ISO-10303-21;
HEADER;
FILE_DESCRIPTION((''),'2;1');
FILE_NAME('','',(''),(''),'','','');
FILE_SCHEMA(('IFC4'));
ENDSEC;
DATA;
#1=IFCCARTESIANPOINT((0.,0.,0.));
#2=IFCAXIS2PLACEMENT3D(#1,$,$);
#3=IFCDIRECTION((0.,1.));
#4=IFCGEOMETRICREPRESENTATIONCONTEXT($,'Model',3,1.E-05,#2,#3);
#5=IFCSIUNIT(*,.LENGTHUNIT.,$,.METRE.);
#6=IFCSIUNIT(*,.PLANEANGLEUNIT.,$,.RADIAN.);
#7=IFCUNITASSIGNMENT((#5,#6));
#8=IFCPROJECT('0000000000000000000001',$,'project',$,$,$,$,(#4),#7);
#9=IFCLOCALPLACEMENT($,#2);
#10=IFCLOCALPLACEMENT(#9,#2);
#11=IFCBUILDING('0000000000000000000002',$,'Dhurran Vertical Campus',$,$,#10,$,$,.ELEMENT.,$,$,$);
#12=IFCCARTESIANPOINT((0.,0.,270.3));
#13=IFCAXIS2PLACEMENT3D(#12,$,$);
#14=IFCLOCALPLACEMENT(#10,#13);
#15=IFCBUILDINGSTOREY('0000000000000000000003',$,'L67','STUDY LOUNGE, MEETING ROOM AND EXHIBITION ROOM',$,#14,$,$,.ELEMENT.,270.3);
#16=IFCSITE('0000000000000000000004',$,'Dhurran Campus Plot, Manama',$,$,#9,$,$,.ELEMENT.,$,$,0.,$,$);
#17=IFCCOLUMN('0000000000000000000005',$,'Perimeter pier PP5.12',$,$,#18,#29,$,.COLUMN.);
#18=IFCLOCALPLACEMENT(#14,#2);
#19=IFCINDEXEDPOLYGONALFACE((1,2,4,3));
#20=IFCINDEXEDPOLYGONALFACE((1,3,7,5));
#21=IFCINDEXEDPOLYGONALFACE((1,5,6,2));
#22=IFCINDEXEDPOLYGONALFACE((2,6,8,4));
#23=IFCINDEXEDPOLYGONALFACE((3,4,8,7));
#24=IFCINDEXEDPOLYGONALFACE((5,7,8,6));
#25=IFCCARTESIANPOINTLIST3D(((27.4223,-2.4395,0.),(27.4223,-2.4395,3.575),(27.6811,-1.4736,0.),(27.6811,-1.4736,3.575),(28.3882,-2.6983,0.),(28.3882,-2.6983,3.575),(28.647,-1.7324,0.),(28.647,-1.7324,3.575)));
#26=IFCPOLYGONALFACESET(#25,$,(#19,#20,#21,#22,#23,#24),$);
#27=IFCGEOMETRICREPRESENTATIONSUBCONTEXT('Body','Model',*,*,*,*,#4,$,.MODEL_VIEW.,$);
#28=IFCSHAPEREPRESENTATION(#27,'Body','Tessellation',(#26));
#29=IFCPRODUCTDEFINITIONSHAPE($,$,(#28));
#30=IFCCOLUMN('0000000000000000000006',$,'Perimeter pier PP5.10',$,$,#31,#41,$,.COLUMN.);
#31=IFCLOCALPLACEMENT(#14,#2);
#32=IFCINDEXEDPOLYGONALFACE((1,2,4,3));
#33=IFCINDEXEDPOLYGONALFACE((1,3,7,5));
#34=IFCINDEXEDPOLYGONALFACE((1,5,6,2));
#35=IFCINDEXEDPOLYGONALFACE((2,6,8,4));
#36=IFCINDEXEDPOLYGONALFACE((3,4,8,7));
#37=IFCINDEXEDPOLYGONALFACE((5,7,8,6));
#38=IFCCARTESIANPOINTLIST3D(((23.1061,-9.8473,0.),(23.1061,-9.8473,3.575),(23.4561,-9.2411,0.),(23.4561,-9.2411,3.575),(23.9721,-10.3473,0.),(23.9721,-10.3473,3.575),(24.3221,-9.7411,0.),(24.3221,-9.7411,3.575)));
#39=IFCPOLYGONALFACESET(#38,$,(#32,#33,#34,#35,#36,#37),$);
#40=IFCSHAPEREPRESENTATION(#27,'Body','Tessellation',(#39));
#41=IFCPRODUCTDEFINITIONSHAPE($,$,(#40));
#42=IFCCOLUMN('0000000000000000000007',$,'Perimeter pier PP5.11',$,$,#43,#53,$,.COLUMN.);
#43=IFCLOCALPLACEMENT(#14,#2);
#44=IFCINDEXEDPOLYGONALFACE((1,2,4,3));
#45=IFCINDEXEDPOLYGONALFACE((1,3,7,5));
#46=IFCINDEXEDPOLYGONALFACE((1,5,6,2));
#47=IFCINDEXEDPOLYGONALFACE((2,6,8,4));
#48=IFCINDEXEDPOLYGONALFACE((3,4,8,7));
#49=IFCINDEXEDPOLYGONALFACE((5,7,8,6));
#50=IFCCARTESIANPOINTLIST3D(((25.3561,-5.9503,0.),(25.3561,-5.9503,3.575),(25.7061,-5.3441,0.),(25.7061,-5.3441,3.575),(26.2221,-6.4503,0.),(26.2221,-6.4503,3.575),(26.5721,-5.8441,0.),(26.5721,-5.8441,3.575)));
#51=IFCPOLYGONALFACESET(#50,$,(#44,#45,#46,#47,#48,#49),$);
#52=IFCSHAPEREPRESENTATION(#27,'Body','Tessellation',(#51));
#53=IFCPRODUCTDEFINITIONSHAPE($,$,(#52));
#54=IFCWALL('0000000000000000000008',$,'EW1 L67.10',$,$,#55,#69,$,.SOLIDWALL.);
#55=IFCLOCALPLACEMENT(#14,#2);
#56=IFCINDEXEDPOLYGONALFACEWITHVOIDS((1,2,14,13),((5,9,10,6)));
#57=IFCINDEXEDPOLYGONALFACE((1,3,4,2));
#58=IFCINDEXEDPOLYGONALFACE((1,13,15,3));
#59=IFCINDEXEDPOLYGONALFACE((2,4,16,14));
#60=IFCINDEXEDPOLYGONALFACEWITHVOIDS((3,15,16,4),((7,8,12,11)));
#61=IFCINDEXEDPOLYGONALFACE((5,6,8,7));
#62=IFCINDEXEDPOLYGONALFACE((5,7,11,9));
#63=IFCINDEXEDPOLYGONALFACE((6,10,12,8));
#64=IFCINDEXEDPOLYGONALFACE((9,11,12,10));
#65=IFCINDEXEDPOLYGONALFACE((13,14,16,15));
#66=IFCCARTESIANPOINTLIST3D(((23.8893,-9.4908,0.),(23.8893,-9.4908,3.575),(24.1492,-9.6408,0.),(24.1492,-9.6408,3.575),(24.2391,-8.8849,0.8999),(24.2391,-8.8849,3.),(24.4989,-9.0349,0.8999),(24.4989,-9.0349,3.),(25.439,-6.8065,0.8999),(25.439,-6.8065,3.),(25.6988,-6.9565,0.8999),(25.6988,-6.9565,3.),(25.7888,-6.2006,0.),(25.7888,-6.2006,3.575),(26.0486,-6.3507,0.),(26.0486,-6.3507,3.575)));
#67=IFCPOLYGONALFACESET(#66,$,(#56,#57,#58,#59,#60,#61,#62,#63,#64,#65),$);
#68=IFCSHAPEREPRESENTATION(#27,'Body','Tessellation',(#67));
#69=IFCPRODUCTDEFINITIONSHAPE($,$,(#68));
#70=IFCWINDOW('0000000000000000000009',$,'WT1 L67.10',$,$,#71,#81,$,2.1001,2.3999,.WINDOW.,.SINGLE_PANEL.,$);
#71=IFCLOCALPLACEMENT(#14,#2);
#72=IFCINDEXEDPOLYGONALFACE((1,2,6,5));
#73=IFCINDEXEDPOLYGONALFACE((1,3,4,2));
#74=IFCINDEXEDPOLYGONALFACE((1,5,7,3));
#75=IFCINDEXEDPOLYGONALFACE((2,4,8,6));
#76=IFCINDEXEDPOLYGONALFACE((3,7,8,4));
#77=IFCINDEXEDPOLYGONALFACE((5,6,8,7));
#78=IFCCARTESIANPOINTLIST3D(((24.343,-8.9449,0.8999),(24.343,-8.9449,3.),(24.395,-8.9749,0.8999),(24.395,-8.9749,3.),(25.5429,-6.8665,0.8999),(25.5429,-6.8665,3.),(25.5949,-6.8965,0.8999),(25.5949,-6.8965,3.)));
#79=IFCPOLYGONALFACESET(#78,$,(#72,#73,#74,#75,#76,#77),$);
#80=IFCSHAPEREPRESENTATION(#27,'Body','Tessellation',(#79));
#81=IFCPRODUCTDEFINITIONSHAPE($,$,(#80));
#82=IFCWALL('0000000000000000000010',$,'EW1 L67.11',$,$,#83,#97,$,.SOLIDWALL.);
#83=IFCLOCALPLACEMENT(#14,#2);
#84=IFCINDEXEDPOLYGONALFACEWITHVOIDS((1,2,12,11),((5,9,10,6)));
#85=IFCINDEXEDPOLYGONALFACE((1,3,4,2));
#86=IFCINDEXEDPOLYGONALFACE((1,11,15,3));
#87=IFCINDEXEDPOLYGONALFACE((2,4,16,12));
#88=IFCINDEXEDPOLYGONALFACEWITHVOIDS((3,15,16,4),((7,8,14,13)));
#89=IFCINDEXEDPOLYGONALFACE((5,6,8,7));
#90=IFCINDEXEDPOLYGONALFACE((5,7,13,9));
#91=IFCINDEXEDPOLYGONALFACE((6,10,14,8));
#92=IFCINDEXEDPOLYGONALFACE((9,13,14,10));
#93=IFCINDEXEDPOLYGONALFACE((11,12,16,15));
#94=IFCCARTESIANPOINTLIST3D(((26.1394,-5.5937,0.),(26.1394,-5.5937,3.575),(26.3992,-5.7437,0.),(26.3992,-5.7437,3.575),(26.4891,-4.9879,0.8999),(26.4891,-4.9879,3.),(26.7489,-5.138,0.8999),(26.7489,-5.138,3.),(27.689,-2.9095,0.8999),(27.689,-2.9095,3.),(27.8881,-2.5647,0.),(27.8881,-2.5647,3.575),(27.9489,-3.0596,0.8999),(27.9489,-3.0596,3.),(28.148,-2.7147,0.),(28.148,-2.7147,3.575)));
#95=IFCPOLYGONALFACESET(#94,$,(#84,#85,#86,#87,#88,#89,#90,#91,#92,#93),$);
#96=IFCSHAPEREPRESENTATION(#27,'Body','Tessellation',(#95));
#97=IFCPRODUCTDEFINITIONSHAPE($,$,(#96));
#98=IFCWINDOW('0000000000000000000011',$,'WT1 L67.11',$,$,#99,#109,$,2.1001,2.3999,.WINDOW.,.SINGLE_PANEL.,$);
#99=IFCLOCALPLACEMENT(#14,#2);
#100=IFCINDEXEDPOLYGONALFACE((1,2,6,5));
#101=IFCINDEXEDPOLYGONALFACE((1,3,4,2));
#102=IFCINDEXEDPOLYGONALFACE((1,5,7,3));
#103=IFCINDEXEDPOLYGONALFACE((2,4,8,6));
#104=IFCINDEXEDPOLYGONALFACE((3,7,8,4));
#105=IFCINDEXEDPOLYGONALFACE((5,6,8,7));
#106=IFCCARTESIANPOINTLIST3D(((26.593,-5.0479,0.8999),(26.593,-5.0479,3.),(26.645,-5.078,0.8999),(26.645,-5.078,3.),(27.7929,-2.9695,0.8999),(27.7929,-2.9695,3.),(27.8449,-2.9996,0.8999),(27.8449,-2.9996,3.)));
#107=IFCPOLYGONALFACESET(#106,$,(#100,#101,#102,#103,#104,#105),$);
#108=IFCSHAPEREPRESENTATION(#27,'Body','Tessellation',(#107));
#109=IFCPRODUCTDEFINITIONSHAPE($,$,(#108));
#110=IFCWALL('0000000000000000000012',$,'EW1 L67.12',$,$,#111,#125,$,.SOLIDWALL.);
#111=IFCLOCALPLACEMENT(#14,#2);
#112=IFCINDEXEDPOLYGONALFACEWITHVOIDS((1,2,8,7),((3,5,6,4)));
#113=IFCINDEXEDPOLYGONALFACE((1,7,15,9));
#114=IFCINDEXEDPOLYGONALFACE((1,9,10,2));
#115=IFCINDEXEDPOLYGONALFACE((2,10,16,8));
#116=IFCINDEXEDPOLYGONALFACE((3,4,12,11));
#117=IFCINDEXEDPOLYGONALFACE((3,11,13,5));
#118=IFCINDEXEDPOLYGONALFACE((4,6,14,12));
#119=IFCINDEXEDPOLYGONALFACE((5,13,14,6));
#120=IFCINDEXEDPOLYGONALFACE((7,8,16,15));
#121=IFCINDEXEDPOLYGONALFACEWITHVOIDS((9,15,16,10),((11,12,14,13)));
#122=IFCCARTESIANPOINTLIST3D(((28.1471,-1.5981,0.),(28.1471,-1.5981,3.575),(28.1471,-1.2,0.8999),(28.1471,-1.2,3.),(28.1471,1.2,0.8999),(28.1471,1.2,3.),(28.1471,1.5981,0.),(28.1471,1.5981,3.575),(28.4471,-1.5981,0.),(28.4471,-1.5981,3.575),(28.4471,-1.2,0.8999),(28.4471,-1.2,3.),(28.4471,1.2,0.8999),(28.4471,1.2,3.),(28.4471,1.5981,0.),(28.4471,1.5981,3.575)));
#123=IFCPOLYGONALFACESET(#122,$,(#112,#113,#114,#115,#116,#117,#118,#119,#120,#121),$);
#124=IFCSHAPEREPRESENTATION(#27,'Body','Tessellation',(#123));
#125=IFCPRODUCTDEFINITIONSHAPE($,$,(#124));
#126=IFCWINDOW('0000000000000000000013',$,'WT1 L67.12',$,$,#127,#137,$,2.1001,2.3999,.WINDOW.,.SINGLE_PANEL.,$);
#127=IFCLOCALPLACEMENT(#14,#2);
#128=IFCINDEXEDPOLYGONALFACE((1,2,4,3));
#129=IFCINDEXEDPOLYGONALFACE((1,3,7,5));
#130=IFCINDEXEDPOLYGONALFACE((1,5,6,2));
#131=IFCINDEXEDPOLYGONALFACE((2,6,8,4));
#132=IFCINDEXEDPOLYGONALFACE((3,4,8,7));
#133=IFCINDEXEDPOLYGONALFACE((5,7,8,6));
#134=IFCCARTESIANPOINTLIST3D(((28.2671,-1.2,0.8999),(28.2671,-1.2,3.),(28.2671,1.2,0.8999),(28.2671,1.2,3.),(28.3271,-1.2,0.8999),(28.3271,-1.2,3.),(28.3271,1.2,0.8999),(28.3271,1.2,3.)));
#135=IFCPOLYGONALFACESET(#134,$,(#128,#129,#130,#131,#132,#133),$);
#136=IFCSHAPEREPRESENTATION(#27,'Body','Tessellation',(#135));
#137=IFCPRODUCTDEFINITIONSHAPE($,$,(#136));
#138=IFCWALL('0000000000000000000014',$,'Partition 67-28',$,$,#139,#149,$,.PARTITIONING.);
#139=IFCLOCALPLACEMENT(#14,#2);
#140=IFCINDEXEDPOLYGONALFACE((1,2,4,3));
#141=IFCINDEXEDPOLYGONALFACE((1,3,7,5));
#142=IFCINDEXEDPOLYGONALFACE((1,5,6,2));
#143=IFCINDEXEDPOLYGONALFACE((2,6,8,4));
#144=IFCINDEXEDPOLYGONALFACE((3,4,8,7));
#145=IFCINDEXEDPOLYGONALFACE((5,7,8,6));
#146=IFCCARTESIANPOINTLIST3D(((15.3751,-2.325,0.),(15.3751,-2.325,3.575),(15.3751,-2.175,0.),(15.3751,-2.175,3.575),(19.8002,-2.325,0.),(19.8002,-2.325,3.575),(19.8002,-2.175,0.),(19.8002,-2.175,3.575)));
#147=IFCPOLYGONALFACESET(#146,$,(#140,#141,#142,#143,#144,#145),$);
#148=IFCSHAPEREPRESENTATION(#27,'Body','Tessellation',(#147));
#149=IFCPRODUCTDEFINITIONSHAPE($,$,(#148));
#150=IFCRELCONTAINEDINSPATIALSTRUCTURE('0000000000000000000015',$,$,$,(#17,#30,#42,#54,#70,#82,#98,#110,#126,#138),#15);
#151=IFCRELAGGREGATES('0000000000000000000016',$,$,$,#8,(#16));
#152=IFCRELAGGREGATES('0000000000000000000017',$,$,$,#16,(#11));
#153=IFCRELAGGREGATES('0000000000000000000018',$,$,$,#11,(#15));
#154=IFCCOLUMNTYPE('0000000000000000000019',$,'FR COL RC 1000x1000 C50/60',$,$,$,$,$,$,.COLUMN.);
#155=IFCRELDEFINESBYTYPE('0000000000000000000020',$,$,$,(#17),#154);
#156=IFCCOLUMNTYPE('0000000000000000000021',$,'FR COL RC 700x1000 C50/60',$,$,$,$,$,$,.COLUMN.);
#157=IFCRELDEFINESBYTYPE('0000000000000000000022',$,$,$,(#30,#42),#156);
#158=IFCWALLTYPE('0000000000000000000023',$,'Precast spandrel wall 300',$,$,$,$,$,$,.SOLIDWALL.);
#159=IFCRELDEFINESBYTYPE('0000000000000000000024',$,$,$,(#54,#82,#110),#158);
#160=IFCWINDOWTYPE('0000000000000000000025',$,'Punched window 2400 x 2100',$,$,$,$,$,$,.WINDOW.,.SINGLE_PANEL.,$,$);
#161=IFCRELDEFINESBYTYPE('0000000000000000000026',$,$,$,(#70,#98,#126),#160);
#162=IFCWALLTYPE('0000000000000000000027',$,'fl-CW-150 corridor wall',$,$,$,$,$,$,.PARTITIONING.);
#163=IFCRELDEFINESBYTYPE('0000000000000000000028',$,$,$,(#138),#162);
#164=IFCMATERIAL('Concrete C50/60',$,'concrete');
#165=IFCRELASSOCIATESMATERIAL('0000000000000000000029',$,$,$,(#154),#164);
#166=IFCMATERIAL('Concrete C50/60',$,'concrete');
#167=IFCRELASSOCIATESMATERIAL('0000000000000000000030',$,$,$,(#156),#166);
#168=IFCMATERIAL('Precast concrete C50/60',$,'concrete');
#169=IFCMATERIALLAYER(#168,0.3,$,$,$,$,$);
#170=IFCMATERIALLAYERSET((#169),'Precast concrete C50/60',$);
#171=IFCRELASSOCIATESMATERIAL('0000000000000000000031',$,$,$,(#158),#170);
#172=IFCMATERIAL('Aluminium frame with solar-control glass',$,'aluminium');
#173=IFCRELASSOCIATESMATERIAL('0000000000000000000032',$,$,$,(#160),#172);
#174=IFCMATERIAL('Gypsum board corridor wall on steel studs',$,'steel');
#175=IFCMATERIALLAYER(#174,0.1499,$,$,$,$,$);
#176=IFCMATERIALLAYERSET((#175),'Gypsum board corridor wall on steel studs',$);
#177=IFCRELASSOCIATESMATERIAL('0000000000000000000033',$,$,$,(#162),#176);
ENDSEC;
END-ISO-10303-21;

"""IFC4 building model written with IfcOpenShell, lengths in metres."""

from ifc_helpers import new_model, si_unit, direction, frame, frame_2d, origin, origin_2d, place, context, subcontext, project, spatial, rectangle, extrude, material, layer, layer_set, material_profile, profile_set, type_object, element, fill, save


model = new_model("IFC4")

# Units and contexts
model_context = context("Model", 3, precision=1e-05, world=origin(), true_north=direction((0.0, 1.0)))
body_context = subcontext(model_context, "Body", "Model", "MODEL_VIEW")
ifc_project = project(units=[si_unit("LENGTHUNIT", "METRE"), si_unit("PLANEANGLEUNIT", "RADIAN")], contexts=[model_context])

# Site, building, storey
site_placement = place(None, origin())
site = spatial("IfcSite", under=ifc_project, at=site_placement, Name="Dhurran Campus Plot, Manama", CompositionType="ELEMENT", RefElevation=0.0)
building_placement = place(site_placement, origin())
building = spatial("IfcBuilding", under=site, at=building_placement, Name="Dhurran Vertical Campus", CompositionType="ELEMENT")
storey_placement = place(building_placement, frame((0.0, 0.0, 270.3)))
storey = spatial("IfcBuildingStorey", under=building, at=storey_placement, Name="L67", Description="STUDY LOUNGE, MEETING ROOM AND EXHIBITION ROOM", CompositionType="ELEMENT", Elevation=270.3)

# Columns
ifc_material_1 = material(Name="Concrete C50/60", Category="concrete")
ifc_material_profile_1 = material_profile(ifc_material_1, rectangle(XDim=1.0, YDim=1.0, at=origin_2d()), Name="RC 1000x1000")
ifc_profile_set_1 = profile_set([ifc_material_profile_1], Name="Concrete C50/60")
column_type_1 = type_object("IfcColumnType", Name="FR COL RC 1000x1000 C50/60", PredefinedType="COLUMN", material=ifc_profile_set_1)
column_placement = place(storey_placement, frame((28.0347, -2.0859, 0.0), z_axis=(0.0, 0.0, 1.0), x_axis=(0.258819, 0.965926, 0.0)))
element("IfcColumn", 1, at=column_placement, inside=storey, type_object=column_type_1, Name="Perimeter pier PP5.12", PredefinedType="COLUMN", context=body_context, shape_type="SweptSolid", body=[
    extrude(rectangle(XDim=1.0, YDim=1.0, at=origin_2d()), origin(), (0.0, 0.0, 1.0), 3.575),
])
ifc_material_2 = material(Name="Concrete C50/60", Category="concrete")
ifc_material_profile_2 = material_profile(ifc_material_2, rectangle(XDim=0.7, YDim=1.0, at=origin_2d()), Name="RC 700x1000")
ifc_profile_set_2 = profile_set([ifc_material_profile_2], Name="Concrete C50/60")
column_type_2 = type_object("IfcColumnType", Name="FR COL RC 700x1000 C50/60", PredefinedType="COLUMN", material=ifc_profile_set_2)
for number, where, z_axis, x_axis, name in (
    (2, (23.7141, -9.7942, 0.0), (0.0, 0.0, 1.0), (0.5, 0.866025, 0.0), "Perimeter pier PP5.10"),
    (3, (25.9641, -5.8972, 0.0), (0.0, 0.0, 1.0), (0.5, 0.866025, 0.0), "Perimeter pier PP5.11"),
):
    element("IfcColumn", number, at=place(storey_placement, frame(where, z_axis=z_axis, x_axis=x_axis)), inside=storey, type_object=column_type_2, Name=name, PredefinedType="COLUMN", context=body_context, shape_type="SweptSolid", body=[
        extrude(rectangle(XDim=0.7, YDim=1.0, at=origin_2d()), origin(), (0.0, 0.0, 1.0), 3.575),
    ])

# Walls, openings, windows
ifc_material_3 = material(Name="Precast concrete C50/60", Category="concrete")
ifc_layer_1 = layer(ifc_material_3, 0.3)
ifc_layer_set_1 = layer_set([ifc_layer_1], Name="Precast concrete C50/60")
wall_type_1 = type_object("IfcWallType", Name="Precast spandrel wall 300", PredefinedType="SOLIDWALL", material=ifc_layer_set_1)
wall_1_placement = place(storey_placement, frame((24.0193, -9.5657, 0.0), z_axis=(0.0, 0.0, 1.0), x_axis=(0.499982, 0.866036, 0.0)))
wall_1 = element("IfcWall", 4, at=wall_1_placement, inside=storey, type_object=wall_type_1, Name="EW1 L67.10", PredefinedType="SOLIDWALL", context=body_context, shape_type="SweptSolid", body=[
    extrude(rectangle(XDim=3.7991, YDim=0.3, at=frame_2d((1.8994, 0.0))), origin(), (0.0, 0.0, 1.0), 3.575),
])
opening_1_placement = place(wall_1_placement, frame((0.6995, 0.0, 0.8999)))
opening_1 = element("IfcOpeningElement", 5, at=opening_1_placement, cuts=wall_1, PredefinedType="OPENING", context=body_context, shape_type="SweptSolid", body=[
    extrude(rectangle(XDim=2.3999, YDim=2.1001, at=frame_2d((1.2, 1.05))), frame((0.0, 0.1599, 0.0), z_axis=(0.0, -1.0, 0.0), x_axis=(1.0, 0.0, 0.0)), (0.0, 0.0, 1.0), 0.3201),
])
ifc_material_4 = material(Name="Aluminium frame with solar-control glass", Category="aluminium")
window_type = type_object("IfcWindowType", Name="Punched window 2400 x 2100", PartitioningType="SINGLE_PANEL", PredefinedType="WINDOW", material=ifc_material_4)
window_1_placement = place(opening_1_placement, origin())
window_1 = element("IfcWindow", 6, at=window_1_placement, inside=storey, type_object=window_type, Name="WT1 L67.10", OverallHeight=2.1001, OverallWidth=2.3999, PartitioningType="SINGLE_PANEL", PredefinedType="WINDOW", context=body_context, shape_type="SweptSolid", body=[
    extrude(rectangle(XDim=2.3999, YDim=2.1001, at=frame_2d((1.2, 1.05))), frame((0.0, 0.03, 0.0), z_axis=(0.0, -1.0, 0.0), x_axis=(1.0, 0.0, 0.0)), (0.0, 0.0, 1.0), 0.0601),
])
fill(opening_1, window_1)
wall_2_placement = place(storey_placement, frame((26.2693, -5.6687, 0.0), z_axis=(0.0, 0.0, 1.0), x_axis=(0.49999, 0.866031, 0.0)))
wall_2 = element("IfcWall", 7, at=wall_2_placement, inside=storey, type_object=wall_type_1, Name="EW1 L67.11", PredefinedType="SOLIDWALL", context=body_context, shape_type="SweptSolid", body=[
    extrude(rectangle(XDim=3.4976, YDim=0.3, at=frame_2d((1.7488, 0.0))), origin(), (0.0, 0.0, 1.0), 3.575),
])
opening_2_placement = place(wall_2_placement, frame((0.6995, 0.0, 0.8999)))
opening_2 = element("IfcOpeningElement", 8, at=opening_2_placement, cuts=wall_2, PredefinedType="OPENING", context=body_context, shape_type="SweptSolid", body=[
    extrude(rectangle(XDim=2.3999, YDim=2.1001, at=frame_2d((1.2, 1.05))), frame((0.0, 0.1599, 0.0), z_axis=(0.0, -1.0, 0.0), x_axis=(1.0, 0.0, 0.0)), (0.0, 0.0, 1.0), 0.3201),
])
window_2_placement = place(opening_2_placement, origin())
window_2 = element("IfcWindow", 9, at=window_2_placement, inside=storey, type_object=window_type, Name="WT1 L67.11", OverallHeight=2.1001, OverallWidth=2.3999, PartitioningType="SINGLE_PANEL", PredefinedType="WINDOW", context=body_context, shape_type="SweptSolid", body=[
    extrude(rectangle(XDim=2.3999, YDim=2.1001, at=frame_2d((1.2, 1.05))), frame((0.0, 0.03, 0.0), z_axis=(0.0, -1.0, 0.0), x_axis=(1.0, 0.0, 0.0)), (0.0, 0.0, 1.0), 0.0601),
])
fill(opening_2, window_2)
wall_3_placement = place(storey_placement, frame((28.2971, -1.5981, 0.0), z_axis=(0.0, 0.0, 1.0), x_axis=(0.0, 1.0, 0.0)))
wall_3 = element("IfcWall", 10, at=wall_3_placement, inside=storey, type_object=wall_type_1, Name="EW1 L67.12", PredefinedType="SOLIDWALL", context=body_context, shape_type="SweptSolid", body=[
    extrude(rectangle(XDim=3.1963, YDim=0.3, at=frame_2d((1.5981, 0.0))), origin(), (0.0, 0.0, 1.0), 3.575),
])
opening_3_placement = place(wall_3_placement, frame((0.3982, 0.0, 0.8999)))
opening_3 = element("IfcOpeningElement", 11, at=opening_3_placement, cuts=wall_3, PredefinedType="OPENING", context=body_context, shape_type="SweptSolid", body=[
    extrude(rectangle(XDim=2.3999, YDim=2.1001, at=frame_2d((1.2, 1.05))), frame((0.0, 0.1599, 0.0), z_axis=(0.0, -1.0, 0.0), x_axis=(1.0, 0.0, 0.0)), (0.0, 0.0, 1.0), 0.3201),
])
window_3_placement = place(opening_3_placement, origin())
window_3 = element("IfcWindow", 12, at=window_3_placement, inside=storey, type_object=window_type, Name="WT1 L67.12", OverallHeight=2.1001, OverallWidth=2.3999, PartitioningType="SINGLE_PANEL", PredefinedType="WINDOW", context=body_context, shape_type="SweptSolid", body=[
    extrude(rectangle(XDim=2.3999, YDim=2.1001, at=frame_2d((1.2, 1.05))), frame((0.0, 0.03, 0.0), z_axis=(0.0, -1.0, 0.0), x_axis=(1.0, 0.0, 0.0)), (0.0, 0.0, 1.0), 0.0601),
])
fill(opening_3, window_3)

# Wall
ifc_material_5 = material(Name="Gypsum board corridor wall on steel studs", Category="steel")
ifc_layer_2 = layer(ifc_material_5, 0.1499)
ifc_layer_set_2 = layer_set([ifc_layer_2], Name="Gypsum board corridor wall on steel studs")
wall_type_2 = type_object("IfcWallType", Name="fl-CW-150 corridor wall", PredefinedType="PARTITIONING", material=ifc_layer_set_2)
wall_4_placement = place(storey_placement, frame((19.8, -2.25, 0.0), z_axis=(0.0, 0.0, 1.0), x_axis=(-1.0, 0.0, 0.0)))
element("IfcWall", 13, at=wall_4_placement, inside=storey, type_object=wall_type_2, Name="Partition 67-28", PredefinedType="PARTITIONING", context=body_context, shape_type="SweptSolid", body=[
    extrude(rectangle(XDim=4.425, YDim=0.1499, at=frame_2d((2.2124, 0.0))), origin(), (0.0, 0.0, 1.0), 3.575),
])

save(model, "model.ifc")
